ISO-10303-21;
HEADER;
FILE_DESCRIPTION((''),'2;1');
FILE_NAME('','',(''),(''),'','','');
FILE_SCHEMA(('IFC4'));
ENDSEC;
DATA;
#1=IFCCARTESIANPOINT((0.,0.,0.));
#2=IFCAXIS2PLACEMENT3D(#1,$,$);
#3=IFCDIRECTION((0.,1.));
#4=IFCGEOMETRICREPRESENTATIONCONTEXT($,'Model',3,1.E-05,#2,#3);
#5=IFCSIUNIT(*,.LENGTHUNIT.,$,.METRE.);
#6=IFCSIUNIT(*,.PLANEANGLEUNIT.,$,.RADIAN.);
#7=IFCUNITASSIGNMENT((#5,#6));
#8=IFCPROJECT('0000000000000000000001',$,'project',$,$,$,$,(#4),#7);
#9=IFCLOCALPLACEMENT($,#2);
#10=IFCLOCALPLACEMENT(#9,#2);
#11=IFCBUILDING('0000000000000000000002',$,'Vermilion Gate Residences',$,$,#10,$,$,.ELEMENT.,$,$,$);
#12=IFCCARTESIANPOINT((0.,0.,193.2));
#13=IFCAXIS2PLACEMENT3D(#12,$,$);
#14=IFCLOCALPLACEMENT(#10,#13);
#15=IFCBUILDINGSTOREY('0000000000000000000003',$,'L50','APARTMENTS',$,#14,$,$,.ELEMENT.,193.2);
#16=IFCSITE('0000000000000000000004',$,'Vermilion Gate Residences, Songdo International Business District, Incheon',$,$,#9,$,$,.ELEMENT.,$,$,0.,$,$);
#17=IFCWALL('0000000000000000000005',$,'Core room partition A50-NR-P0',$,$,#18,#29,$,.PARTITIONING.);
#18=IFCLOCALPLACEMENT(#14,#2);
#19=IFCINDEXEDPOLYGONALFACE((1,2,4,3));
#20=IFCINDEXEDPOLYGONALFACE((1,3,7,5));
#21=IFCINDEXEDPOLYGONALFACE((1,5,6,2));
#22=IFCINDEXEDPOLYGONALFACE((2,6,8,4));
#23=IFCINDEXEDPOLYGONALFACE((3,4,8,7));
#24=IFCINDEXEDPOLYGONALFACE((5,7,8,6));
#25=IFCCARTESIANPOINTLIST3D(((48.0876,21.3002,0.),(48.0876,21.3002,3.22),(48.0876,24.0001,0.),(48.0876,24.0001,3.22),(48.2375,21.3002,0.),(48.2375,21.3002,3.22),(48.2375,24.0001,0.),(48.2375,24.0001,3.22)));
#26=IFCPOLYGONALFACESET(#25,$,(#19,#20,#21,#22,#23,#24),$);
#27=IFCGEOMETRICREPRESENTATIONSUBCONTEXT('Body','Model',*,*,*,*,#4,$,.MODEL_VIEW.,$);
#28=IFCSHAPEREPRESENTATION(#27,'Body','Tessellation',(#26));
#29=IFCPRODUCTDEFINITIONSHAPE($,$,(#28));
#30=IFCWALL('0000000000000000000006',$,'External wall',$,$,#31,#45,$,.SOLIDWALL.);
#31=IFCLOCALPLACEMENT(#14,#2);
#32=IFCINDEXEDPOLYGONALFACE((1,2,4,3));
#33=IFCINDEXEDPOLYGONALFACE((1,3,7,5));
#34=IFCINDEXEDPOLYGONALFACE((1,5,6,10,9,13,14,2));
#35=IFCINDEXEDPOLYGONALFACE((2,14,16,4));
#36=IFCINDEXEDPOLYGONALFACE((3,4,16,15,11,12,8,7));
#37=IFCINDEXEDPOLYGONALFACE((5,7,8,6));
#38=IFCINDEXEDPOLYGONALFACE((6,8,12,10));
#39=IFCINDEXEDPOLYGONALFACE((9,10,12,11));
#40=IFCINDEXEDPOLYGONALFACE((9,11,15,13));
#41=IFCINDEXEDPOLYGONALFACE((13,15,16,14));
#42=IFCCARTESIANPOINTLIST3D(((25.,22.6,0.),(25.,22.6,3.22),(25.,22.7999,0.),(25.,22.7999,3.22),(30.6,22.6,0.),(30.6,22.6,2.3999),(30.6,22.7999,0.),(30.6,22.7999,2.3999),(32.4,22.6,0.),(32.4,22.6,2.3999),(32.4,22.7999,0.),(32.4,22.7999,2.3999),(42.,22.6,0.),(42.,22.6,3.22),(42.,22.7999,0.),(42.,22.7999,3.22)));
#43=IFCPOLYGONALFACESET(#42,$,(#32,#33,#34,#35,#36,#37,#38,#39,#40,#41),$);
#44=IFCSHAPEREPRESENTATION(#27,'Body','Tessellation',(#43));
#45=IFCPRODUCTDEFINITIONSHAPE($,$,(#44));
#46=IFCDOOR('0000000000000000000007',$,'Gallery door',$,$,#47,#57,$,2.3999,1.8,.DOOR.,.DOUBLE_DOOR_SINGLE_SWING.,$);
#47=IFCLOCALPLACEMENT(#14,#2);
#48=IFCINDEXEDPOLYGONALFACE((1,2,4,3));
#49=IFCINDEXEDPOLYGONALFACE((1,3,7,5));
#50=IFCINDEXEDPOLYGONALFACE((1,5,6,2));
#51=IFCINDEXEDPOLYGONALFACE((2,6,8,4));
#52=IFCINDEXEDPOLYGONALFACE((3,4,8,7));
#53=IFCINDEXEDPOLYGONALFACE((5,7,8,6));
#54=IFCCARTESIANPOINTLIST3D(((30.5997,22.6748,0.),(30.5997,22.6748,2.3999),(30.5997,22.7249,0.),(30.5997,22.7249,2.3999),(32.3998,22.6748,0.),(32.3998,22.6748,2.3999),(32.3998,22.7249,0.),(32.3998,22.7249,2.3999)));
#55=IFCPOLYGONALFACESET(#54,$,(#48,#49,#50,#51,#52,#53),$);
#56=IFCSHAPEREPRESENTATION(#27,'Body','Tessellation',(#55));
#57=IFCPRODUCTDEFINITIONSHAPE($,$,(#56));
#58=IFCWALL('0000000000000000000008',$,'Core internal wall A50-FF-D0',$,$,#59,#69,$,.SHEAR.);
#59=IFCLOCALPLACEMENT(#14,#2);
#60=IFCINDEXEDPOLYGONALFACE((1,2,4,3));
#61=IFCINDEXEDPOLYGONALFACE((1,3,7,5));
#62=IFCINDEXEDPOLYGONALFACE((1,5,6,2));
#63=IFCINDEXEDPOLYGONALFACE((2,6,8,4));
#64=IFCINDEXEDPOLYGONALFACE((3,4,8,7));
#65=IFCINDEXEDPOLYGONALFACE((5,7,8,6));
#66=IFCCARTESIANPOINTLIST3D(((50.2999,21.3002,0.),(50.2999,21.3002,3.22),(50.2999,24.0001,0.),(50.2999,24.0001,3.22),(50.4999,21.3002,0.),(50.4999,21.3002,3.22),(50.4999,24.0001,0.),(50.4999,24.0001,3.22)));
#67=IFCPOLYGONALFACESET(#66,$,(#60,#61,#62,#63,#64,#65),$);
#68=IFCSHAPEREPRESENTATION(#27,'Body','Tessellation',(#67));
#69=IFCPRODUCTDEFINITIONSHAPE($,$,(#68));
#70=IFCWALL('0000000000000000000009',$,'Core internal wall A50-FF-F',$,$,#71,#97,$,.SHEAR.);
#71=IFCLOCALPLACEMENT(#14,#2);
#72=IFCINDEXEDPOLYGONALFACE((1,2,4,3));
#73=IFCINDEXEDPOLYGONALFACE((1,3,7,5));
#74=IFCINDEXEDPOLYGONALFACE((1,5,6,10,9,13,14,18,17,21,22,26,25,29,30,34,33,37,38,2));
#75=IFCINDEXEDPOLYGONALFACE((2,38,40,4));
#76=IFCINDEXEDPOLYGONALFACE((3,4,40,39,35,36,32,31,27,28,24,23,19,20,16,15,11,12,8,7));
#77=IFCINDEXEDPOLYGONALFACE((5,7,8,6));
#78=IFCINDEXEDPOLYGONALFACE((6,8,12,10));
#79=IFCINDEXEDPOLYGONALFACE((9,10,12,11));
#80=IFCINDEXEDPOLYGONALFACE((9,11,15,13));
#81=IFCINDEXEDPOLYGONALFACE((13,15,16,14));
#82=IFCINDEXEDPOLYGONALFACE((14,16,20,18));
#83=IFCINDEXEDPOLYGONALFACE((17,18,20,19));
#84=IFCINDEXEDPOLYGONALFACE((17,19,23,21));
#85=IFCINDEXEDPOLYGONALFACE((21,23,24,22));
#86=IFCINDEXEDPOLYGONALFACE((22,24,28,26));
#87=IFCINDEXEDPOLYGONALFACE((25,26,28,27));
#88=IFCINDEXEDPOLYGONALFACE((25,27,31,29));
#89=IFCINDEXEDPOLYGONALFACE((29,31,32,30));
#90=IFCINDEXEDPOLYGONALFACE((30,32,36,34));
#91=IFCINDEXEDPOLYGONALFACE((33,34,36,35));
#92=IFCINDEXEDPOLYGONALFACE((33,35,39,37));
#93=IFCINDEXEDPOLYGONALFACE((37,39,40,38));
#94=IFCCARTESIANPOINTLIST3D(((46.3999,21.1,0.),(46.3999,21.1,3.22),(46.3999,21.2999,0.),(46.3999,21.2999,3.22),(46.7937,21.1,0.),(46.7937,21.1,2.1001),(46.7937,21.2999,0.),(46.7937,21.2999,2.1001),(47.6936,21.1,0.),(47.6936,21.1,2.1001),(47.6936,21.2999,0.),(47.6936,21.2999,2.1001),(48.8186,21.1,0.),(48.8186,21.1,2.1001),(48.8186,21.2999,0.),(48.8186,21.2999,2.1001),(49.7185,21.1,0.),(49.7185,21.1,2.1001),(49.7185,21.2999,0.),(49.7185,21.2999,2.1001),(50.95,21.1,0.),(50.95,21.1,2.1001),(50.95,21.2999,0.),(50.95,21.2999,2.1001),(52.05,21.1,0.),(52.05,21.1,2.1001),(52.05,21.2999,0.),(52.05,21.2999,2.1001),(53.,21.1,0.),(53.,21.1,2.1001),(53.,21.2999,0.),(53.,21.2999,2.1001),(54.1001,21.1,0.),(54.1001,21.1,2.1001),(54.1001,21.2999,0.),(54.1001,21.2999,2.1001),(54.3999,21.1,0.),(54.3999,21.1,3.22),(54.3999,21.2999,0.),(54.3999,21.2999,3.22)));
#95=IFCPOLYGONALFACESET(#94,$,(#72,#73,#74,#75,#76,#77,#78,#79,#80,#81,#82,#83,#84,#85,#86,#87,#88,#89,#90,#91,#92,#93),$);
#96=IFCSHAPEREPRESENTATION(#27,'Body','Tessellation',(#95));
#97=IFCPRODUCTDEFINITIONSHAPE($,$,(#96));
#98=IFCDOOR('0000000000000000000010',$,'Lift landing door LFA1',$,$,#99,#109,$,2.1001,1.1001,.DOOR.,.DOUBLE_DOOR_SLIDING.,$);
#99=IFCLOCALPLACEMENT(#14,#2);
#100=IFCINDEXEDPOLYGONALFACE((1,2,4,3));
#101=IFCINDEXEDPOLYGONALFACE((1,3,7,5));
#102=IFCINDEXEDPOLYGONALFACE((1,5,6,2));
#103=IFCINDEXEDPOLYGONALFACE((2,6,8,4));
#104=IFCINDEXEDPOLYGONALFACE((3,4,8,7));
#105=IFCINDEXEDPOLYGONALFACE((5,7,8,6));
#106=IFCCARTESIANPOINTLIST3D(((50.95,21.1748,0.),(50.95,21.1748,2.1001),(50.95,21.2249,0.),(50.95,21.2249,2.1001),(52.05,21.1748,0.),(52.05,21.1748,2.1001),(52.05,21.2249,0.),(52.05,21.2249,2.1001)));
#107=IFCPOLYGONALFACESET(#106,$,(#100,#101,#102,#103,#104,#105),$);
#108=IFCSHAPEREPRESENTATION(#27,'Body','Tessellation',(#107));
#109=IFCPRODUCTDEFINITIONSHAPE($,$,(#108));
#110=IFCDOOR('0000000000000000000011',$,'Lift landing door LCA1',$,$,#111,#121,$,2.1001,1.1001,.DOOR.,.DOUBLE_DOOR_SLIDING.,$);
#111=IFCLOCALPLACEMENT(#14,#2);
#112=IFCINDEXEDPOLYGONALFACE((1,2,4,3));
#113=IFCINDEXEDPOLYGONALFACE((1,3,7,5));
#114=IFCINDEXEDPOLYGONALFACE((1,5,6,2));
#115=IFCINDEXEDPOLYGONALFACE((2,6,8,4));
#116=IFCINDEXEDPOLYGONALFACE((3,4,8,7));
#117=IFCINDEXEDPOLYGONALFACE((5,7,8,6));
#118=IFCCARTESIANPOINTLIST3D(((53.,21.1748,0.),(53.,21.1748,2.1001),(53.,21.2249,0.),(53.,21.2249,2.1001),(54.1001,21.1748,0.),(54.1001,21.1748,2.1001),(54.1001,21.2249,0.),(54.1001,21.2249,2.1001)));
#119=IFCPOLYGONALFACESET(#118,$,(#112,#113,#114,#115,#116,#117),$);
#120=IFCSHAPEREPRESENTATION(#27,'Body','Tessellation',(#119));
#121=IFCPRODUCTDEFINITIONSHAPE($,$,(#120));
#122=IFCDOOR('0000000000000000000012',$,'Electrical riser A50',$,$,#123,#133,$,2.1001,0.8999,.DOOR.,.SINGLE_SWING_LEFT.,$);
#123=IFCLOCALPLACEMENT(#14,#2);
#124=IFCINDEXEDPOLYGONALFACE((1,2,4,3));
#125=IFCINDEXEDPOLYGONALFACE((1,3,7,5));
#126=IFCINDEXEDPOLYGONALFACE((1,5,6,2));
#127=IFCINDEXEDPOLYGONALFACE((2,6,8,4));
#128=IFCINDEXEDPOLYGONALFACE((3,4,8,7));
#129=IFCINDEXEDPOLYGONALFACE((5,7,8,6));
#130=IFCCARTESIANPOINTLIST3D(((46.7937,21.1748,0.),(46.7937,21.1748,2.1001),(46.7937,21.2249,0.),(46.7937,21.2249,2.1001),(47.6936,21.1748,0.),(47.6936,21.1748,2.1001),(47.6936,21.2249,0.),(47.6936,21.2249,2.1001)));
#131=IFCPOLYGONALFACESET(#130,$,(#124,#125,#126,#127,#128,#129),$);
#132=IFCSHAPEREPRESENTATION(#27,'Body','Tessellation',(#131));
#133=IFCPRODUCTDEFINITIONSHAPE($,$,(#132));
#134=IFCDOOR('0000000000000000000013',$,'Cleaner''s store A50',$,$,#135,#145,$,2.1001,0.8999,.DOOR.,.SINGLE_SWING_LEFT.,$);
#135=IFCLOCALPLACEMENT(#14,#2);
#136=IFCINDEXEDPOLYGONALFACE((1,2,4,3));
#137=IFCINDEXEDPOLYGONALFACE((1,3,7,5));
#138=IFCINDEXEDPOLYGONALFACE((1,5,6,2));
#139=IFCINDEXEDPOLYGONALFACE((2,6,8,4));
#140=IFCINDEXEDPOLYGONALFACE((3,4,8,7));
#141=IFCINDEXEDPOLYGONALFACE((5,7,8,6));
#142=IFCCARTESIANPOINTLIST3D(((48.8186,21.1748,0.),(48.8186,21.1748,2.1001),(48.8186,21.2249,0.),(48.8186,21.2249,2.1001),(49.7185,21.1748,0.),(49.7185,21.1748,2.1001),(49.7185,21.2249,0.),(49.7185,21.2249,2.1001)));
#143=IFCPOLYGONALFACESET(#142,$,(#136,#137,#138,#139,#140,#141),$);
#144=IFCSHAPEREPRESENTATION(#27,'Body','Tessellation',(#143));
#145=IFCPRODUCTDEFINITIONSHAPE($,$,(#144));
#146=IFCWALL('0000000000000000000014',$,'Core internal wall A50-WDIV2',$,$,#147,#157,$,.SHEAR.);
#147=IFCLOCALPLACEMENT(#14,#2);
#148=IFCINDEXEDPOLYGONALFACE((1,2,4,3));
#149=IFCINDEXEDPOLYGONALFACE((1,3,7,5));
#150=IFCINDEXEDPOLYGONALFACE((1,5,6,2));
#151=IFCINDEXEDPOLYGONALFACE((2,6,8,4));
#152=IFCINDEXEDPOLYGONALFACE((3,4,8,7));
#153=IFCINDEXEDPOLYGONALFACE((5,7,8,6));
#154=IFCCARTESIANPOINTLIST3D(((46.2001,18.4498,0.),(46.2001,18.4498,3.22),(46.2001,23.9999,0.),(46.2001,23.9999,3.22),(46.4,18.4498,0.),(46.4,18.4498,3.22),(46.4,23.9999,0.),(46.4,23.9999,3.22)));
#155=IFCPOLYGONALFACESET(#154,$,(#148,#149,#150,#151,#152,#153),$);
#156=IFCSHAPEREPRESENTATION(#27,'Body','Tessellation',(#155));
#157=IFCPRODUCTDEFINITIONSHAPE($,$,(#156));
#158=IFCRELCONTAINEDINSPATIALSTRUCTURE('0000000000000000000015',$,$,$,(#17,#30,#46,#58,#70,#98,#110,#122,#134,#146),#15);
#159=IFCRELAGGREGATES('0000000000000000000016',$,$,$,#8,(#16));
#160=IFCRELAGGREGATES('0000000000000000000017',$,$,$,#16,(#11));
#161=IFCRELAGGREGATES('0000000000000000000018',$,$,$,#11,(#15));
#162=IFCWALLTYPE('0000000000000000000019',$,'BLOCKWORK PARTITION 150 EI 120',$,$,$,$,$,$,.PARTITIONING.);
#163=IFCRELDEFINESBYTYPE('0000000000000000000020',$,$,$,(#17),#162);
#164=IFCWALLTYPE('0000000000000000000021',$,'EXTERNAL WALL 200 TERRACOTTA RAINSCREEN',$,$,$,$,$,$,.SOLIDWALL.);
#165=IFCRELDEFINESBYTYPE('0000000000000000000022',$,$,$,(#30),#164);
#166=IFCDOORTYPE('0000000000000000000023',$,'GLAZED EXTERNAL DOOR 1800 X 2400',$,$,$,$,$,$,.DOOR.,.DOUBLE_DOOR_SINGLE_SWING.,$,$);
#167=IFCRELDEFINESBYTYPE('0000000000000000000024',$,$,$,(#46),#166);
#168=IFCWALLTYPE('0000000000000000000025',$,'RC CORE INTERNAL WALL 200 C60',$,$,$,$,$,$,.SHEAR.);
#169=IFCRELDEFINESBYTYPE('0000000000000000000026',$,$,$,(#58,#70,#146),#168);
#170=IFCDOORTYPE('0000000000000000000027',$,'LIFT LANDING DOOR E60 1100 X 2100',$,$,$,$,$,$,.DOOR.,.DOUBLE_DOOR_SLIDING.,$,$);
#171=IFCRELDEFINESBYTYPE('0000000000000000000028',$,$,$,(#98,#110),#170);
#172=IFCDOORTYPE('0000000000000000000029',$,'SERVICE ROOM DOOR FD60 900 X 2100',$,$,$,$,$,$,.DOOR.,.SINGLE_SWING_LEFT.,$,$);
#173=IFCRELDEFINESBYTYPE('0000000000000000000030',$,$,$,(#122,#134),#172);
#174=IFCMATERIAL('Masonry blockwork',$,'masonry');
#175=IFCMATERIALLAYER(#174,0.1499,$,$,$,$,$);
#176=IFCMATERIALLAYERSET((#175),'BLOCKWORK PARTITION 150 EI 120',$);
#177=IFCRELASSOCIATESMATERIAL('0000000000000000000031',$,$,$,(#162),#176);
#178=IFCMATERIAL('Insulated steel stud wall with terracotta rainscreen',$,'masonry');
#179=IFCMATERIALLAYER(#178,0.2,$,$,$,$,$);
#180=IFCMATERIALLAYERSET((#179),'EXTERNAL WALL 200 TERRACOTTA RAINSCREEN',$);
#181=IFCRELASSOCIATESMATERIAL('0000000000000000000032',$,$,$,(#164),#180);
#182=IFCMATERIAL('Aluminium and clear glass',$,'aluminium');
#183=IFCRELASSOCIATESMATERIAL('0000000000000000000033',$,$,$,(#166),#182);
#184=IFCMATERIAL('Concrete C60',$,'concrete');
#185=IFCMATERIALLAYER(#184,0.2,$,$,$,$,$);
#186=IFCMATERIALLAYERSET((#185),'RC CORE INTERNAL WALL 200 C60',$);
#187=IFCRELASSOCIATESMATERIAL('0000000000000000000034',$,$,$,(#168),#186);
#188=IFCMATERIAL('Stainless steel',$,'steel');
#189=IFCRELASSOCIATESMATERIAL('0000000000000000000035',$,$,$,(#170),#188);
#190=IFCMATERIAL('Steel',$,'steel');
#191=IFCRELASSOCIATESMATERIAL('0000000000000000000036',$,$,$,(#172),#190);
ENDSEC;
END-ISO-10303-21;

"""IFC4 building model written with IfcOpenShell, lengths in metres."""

from ifc_helpers import new_model, si_unit, direction, frame, frame_2d, origin, place, context, subcontext, project, spatial, rectangle, extrude, material, layer, layer_set, type_object, element, fill, save


model = new_model("IFC4")

# Units and contexts
model_context = context("Model", 3, precision=1e-05, world=origin(), true_north=direction((0.0, 1.0)))
body_context = subcontext(model_context, "Body", "Model", "MODEL_VIEW")
ifc_project = project(units=[si_unit("LENGTHUNIT", "METRE"), si_unit("PLANEANGLEUNIT", "RADIAN")], contexts=[model_context])

# Site, building, storey
site_placement = place(None, origin())
site = spatial("IfcSite", under=ifc_project, at=site_placement, Name="Vermilion Gate Residences, Songdo International Business District, Incheon", CompositionType="ELEMENT", RefElevation=0.0)
building_placement = place(site_placement, origin())
building = spatial("IfcBuilding", under=site, at=building_placement, Name="Vermilion Gate Residences", CompositionType="ELEMENT")
storey_placement = place(building_placement, frame((0.0, 0.0, 193.2)))
storey = spatial("IfcBuildingStorey", under=building, at=storey_placement, Name="L50", Description="APARTMENTS", CompositionType="ELEMENT", Elevation=193.2)

# Wall
ifc_material_1 = material(Name="Masonry blockwork", Category="masonry")
ifc_layer_1 = layer(ifc_material_1, 0.1499)
ifc_layer_set_1 = layer_set([ifc_layer_1], Name="BLOCKWORK PARTITION 150 EI 120")
wall_type_1 = type_object("IfcWallType", Name="BLOCKWORK PARTITION 150 EI 120", PredefinedType="PARTITIONING", material=ifc_layer_set_1)
wall_1_placement = place(storey_placement, frame((48.1626, 21.3, 0.0), z_axis=(0.0, 0.0, 1.0), x_axis=(0.0, 1.0, 0.0)))
element("IfcWall", 1, at=wall_1_placement, inside=storey, type_object=wall_type_1, Name="Core room partition A50-NR-P0", PredefinedType="PARTITIONING", context=body_context, shape_type="SweptSolid", body=[
    extrude(rectangle(XDim=2.7, YDim=0.1499, at=frame_2d((1.3501, 0.0))), origin(), (0.0, 0.0, 1.0), 3.22),
])

# Wall, opening, door
ifc_material_2 = material(Name="Insulated steel stud wall with terracotta rainscreen", Category="masonry")
ifc_layer_2 = layer(ifc_material_2, 0.2)
ifc_layer_set_2 = layer_set([ifc_layer_2], Name="EXTERNAL WALL 200 TERRACOTTA RAINSCREEN")
wall_type_2 = type_object("IfcWallType", Name="EXTERNAL WALL 200 TERRACOTTA RAINSCREEN", PredefinedType="SOLIDWALL", material=ifc_layer_set_2)
wall_2_placement = place(storey_placement, frame((42.0, 22.7, 0.0), z_axis=(0.0, 0.0, 1.0), x_axis=(-1.0, 0.0, 0.0)))
wall_2 = element("IfcWall", 2, at=wall_2_placement, inside=storey, type_object=wall_type_2, Name="External wall", PredefinedType="SOLIDWALL", context=body_context, shape_type="SweptSolid", body=[
    extrude(rectangle(XDim=17.0, YDim=0.2, at=frame_2d((8.5, 0.0))), origin(), (0.0, 0.0, 1.0), 3.22),
])
opening_1_placement = place(wall_2_placement, frame((9.6001, 0.0, 0.0)))
opening_1 = element("IfcOpeningElement", 3, at=opening_1_placement, cuts=wall_2, PredefinedType="OPENING", context=body_context, shape_type="SweptSolid", body=[
    extrude(rectangle(XDim=1.8, YDim=2.3999, at=frame_2d((0.8999, 1.2))), frame((0.0, 0.1099, 0.0), z_axis=(0.0, -1.0, 0.0), x_axis=(1.0, 0.0, 0.0)), (0.0, 0.0, 1.0), 0.22),
])
ifc_material_3 = material(Name="Aluminium and clear glass", Category="aluminium")
door_type_1 = type_object("IfcDoorType", Name="GLAZED EXTERNAL DOOR 1800 X 2400", OperationType="DOUBLE_DOOR_SINGLE_SWING", PredefinedType="DOOR", material=ifc_material_3)
door_1_placement = place(opening_1_placement, frame((1.8, 0.0, 0.0), z_axis=(0.0, 0.0, 1.0), x_axis=(-1.0, 0.0, 0.0)))
door_1 = element("IfcDoor", 4, at=door_1_placement, inside=storey, type_object=door_type_1, Name="Gallery door", OperationType="DOUBLE_DOOR_SINGLE_SWING", OverallHeight=2.3999, OverallWidth=1.8, PredefinedType="DOOR", context=body_context, shape_type="SweptSolid", body=[
    extrude(rectangle(XDim=1.8, YDim=2.3999, at=frame_2d((0.8999, 1.2))), frame((0.0, 0.0249, 0.0), z_axis=(0.0, -1.0, 0.0), x_axis=(1.0, 0.0, 0.0)), (0.0, 0.0, 1.0), 0.05),
])
fill(opening_1, door_1)

# Wall
ifc_material_4 = material(Name="Concrete C60", Category="concrete")
ifc_layer_3 = layer(ifc_material_4, 0.2)
ifc_layer_set_3 = layer_set([ifc_layer_3], Name="RC CORE INTERNAL WALL 200 C60")
wall_type_3 = type_object("IfcWallType", Name="RC CORE INTERNAL WALL 200 C60", PredefinedType="SHEAR", material=ifc_layer_set_3)
wall_3_placement = place(storey_placement, frame((50.3999, 21.3, 0.0), z_axis=(0.0, 0.0, 1.0), x_axis=(0.0, 1.0, 0.0)))
element("IfcWall", 5, at=wall_3_placement, inside=storey, type_object=wall_type_3, Name="Core internal wall A50-FF-D0", PredefinedType="SHEAR", context=body_context, shape_type="SweptSolid", body=[
    extrude(rectangle(XDim=2.7, YDim=0.2, at=frame_2d((1.3501, 0.0))), origin(), (0.0, 0.0, 1.0), 3.22),
])

# Wall, openings, doors
wall_4_placement = place(storey_placement, frame((46.3999, 21.2, 0.0), z_axis=(0.0, 0.0, 1.0), x_axis=(1.0, 0.0, 0.0)))
wall_4 = element("IfcWall", 6, at=wall_4_placement, inside=storey, type_object=wall_type_3, Name="Core internal wall A50-FF-F", PredefinedType="SHEAR", context=body_context, shape_type="SweptSolid", body=[
    extrude(rectangle(XDim=8.0, YDim=0.2, at=frame_2d((4.0, 0.0))), origin(), (0.0, 0.0, 1.0), 3.22),
])
opening_2_placement = place(wall_4_placement, frame((0.3938, 0.0, 0.0)))
opening_2 = element("IfcOpeningElement", 7, at=opening_2_placement, cuts=wall_4, PredefinedType="OPENING", context=body_context, shape_type="SweptSolid", body=[
    extrude(rectangle(XDim=0.8999, YDim=2.1001, at=frame_2d((0.45, 1.05))), frame((0.0, 0.1099, 0.0), z_axis=(0.0, -1.0, 0.0), x_axis=(1.0, 0.0, 0.0)), (0.0, 0.0, 1.0), 0.22),
])
opening_3_placement = place(wall_4_placement, frame((2.4187, 0.0, 0.0)))
opening_3 = element("IfcOpeningElement", 8, at=opening_3_placement, cuts=wall_4, PredefinedType="OPENING", context=body_context, shape_type="SweptSolid", body=[
    extrude(rectangle(XDim=0.8999, YDim=2.1001, at=frame_2d((0.45, 1.05))), frame((0.0, 0.1099, 0.0), z_axis=(0.0, -1.0, 0.0), x_axis=(1.0, 0.0, 0.0)), (0.0, 0.0, 1.0), 0.22),
])
opening_4_placement = place(wall_4_placement, frame((4.55, 0.0, 0.0)))
opening_4 = element("IfcOpeningElement", 9, at=opening_4_placement, cuts=wall_4, PredefinedType="OPENING", context=body_context, shape_type="SweptSolid", body=[
    extrude(rectangle(XDim=1.1001, YDim=2.1001, at=frame_2d((0.55, 1.05))), frame((0.0, 0.1099, 0.0), z_axis=(0.0, -1.0, 0.0), x_axis=(1.0, 0.0, 0.0)), (0.0, 0.0, 1.0), 0.22),
])
opening_5_placement = place(wall_4_placement, frame((6.6001, 0.0, 0.0)))
opening_5 = element("IfcOpeningElement", 10, at=opening_5_placement, cuts=wall_4, PredefinedType="OPENING", context=body_context, shape_type="SweptSolid", body=[
    extrude(rectangle(XDim=1.1001, YDim=2.1001, at=frame_2d((0.55, 1.05))), frame((0.0, 0.1099, 0.0), z_axis=(0.0, -1.0, 0.0), x_axis=(1.0, 0.0, 0.0)), (0.0, 0.0, 1.0), 0.22),
])
ifc_material_5 = material(Name="Stainless steel", Category="steel")
door_type_2 = type_object("IfcDoorType", Name="LIFT LANDING DOOR E60 1100 X 2100", OperationType="DOUBLE_DOOR_SLIDING", PredefinedType="DOOR", material=ifc_material_5)
door_2_placement = place(opening_4_placement, origin())
door_2 = element("IfcDoor", 11, at=door_2_placement, inside=storey, type_object=door_type_2, Name="Lift landing door LFA1", OperationType="DOUBLE_DOOR_SLIDING", OverallHeight=2.1001, OverallWidth=1.1001, PredefinedType="DOOR", context=body_context, shape_type="SweptSolid", body=[
    extrude(rectangle(XDim=1.1001, YDim=2.1001, at=frame_2d((0.55, 1.05))), frame((0.0, 0.0249, 0.0), z_axis=(0.0, -1.0, 0.0), x_axis=(1.0, 0.0, 0.0)), (0.0, 0.0, 1.0), 0.05),
])
fill(opening_4, door_2)
door_3_placement = place(opening_5_placement, origin())
door_3 = element("IfcDoor", 12, at=door_3_placement, inside=storey, type_object=door_type_2, Name="Lift landing door LCA1", OperationType="DOUBLE_DOOR_SLIDING", OverallHeight=2.1001, OverallWidth=1.1001, PredefinedType="DOOR", context=body_context, shape_type="SweptSolid", body=[
    extrude(rectangle(XDim=1.1001, YDim=2.1001, at=frame_2d((0.55, 1.05))), frame((0.0, 0.0249, 0.0), z_axis=(0.0, -1.0, 0.0), x_axis=(1.0, 0.0, 0.0)), (0.0, 0.0, 1.0), 0.05),
])
fill(opening_5, door_3)
ifc_material_6 = material(Name="Steel", Category="steel")
door_type_3 = type_object("IfcDoorType", Name="SERVICE ROOM DOOR FD60 900 X 2100", OperationType="SINGLE_SWING_LEFT", PredefinedType="DOOR", material=ifc_material_6)
door_4_placement = place(opening_2_placement, origin())
door_4 = element("IfcDoor", 13, at=door_4_placement, inside=storey, type_object=door_type_3, Name="Electrical riser A50", OperationType="SINGLE_SWING_LEFT", OverallHeight=2.1001, OverallWidth=0.8999, PredefinedType="DOOR", context=body_context, shape_type="SweptSolid", body=[
    extrude(rectangle(XDim=0.8999, YDim=2.1001, at=frame_2d((0.45, 1.05))), frame((0.0, 0.0249, 0.0), z_axis=(0.0, -1.0, 0.0), x_axis=(1.0, 0.0, 0.0)), (0.0, 0.0, 1.0), 0.05),
])
fill(opening_2, door_4)
door_5_placement = place(opening_3_placement, origin())
door_5 = element("IfcDoor", 14, at=door_5_placement, inside=storey, type_object=door_type_3, Name="Cleaner's store A50", OperationType="SINGLE_SWING_LEFT", OverallHeight=2.1001, OverallWidth=0.8999, PredefinedType="DOOR", context=body_context, shape_type="SweptSolid", body=[
    extrude(rectangle(XDim=0.8999, YDim=2.1001, at=frame_2d((0.45, 1.05))), frame((0.0, 0.0249, 0.0), z_axis=(0.0, -1.0, 0.0), x_axis=(1.0, 0.0, 0.0)), (0.0, 0.0, 1.0), 0.05),
])
fill(opening_3, door_5)

# Wall
wall_5_placement = place(storey_placement, frame((46.3, 18.45, 0.0), z_axis=(0.0, 0.0, 1.0), x_axis=(0.0, 1.0, 0.0)))
element("IfcWall", 15, at=wall_5_placement, inside=storey, type_object=wall_type_3, Name="Core internal wall A50-WDIV2", PredefinedType="SHEAR", context=body_context, shape_type="SweptSolid", body=[
    extrude(rectangle(XDim=5.55, YDim=0.2, at=frame_2d((2.7749, 0.0))), origin(), (0.0, 0.0, 1.0), 3.22),
])

save(model, "model.ifc")
